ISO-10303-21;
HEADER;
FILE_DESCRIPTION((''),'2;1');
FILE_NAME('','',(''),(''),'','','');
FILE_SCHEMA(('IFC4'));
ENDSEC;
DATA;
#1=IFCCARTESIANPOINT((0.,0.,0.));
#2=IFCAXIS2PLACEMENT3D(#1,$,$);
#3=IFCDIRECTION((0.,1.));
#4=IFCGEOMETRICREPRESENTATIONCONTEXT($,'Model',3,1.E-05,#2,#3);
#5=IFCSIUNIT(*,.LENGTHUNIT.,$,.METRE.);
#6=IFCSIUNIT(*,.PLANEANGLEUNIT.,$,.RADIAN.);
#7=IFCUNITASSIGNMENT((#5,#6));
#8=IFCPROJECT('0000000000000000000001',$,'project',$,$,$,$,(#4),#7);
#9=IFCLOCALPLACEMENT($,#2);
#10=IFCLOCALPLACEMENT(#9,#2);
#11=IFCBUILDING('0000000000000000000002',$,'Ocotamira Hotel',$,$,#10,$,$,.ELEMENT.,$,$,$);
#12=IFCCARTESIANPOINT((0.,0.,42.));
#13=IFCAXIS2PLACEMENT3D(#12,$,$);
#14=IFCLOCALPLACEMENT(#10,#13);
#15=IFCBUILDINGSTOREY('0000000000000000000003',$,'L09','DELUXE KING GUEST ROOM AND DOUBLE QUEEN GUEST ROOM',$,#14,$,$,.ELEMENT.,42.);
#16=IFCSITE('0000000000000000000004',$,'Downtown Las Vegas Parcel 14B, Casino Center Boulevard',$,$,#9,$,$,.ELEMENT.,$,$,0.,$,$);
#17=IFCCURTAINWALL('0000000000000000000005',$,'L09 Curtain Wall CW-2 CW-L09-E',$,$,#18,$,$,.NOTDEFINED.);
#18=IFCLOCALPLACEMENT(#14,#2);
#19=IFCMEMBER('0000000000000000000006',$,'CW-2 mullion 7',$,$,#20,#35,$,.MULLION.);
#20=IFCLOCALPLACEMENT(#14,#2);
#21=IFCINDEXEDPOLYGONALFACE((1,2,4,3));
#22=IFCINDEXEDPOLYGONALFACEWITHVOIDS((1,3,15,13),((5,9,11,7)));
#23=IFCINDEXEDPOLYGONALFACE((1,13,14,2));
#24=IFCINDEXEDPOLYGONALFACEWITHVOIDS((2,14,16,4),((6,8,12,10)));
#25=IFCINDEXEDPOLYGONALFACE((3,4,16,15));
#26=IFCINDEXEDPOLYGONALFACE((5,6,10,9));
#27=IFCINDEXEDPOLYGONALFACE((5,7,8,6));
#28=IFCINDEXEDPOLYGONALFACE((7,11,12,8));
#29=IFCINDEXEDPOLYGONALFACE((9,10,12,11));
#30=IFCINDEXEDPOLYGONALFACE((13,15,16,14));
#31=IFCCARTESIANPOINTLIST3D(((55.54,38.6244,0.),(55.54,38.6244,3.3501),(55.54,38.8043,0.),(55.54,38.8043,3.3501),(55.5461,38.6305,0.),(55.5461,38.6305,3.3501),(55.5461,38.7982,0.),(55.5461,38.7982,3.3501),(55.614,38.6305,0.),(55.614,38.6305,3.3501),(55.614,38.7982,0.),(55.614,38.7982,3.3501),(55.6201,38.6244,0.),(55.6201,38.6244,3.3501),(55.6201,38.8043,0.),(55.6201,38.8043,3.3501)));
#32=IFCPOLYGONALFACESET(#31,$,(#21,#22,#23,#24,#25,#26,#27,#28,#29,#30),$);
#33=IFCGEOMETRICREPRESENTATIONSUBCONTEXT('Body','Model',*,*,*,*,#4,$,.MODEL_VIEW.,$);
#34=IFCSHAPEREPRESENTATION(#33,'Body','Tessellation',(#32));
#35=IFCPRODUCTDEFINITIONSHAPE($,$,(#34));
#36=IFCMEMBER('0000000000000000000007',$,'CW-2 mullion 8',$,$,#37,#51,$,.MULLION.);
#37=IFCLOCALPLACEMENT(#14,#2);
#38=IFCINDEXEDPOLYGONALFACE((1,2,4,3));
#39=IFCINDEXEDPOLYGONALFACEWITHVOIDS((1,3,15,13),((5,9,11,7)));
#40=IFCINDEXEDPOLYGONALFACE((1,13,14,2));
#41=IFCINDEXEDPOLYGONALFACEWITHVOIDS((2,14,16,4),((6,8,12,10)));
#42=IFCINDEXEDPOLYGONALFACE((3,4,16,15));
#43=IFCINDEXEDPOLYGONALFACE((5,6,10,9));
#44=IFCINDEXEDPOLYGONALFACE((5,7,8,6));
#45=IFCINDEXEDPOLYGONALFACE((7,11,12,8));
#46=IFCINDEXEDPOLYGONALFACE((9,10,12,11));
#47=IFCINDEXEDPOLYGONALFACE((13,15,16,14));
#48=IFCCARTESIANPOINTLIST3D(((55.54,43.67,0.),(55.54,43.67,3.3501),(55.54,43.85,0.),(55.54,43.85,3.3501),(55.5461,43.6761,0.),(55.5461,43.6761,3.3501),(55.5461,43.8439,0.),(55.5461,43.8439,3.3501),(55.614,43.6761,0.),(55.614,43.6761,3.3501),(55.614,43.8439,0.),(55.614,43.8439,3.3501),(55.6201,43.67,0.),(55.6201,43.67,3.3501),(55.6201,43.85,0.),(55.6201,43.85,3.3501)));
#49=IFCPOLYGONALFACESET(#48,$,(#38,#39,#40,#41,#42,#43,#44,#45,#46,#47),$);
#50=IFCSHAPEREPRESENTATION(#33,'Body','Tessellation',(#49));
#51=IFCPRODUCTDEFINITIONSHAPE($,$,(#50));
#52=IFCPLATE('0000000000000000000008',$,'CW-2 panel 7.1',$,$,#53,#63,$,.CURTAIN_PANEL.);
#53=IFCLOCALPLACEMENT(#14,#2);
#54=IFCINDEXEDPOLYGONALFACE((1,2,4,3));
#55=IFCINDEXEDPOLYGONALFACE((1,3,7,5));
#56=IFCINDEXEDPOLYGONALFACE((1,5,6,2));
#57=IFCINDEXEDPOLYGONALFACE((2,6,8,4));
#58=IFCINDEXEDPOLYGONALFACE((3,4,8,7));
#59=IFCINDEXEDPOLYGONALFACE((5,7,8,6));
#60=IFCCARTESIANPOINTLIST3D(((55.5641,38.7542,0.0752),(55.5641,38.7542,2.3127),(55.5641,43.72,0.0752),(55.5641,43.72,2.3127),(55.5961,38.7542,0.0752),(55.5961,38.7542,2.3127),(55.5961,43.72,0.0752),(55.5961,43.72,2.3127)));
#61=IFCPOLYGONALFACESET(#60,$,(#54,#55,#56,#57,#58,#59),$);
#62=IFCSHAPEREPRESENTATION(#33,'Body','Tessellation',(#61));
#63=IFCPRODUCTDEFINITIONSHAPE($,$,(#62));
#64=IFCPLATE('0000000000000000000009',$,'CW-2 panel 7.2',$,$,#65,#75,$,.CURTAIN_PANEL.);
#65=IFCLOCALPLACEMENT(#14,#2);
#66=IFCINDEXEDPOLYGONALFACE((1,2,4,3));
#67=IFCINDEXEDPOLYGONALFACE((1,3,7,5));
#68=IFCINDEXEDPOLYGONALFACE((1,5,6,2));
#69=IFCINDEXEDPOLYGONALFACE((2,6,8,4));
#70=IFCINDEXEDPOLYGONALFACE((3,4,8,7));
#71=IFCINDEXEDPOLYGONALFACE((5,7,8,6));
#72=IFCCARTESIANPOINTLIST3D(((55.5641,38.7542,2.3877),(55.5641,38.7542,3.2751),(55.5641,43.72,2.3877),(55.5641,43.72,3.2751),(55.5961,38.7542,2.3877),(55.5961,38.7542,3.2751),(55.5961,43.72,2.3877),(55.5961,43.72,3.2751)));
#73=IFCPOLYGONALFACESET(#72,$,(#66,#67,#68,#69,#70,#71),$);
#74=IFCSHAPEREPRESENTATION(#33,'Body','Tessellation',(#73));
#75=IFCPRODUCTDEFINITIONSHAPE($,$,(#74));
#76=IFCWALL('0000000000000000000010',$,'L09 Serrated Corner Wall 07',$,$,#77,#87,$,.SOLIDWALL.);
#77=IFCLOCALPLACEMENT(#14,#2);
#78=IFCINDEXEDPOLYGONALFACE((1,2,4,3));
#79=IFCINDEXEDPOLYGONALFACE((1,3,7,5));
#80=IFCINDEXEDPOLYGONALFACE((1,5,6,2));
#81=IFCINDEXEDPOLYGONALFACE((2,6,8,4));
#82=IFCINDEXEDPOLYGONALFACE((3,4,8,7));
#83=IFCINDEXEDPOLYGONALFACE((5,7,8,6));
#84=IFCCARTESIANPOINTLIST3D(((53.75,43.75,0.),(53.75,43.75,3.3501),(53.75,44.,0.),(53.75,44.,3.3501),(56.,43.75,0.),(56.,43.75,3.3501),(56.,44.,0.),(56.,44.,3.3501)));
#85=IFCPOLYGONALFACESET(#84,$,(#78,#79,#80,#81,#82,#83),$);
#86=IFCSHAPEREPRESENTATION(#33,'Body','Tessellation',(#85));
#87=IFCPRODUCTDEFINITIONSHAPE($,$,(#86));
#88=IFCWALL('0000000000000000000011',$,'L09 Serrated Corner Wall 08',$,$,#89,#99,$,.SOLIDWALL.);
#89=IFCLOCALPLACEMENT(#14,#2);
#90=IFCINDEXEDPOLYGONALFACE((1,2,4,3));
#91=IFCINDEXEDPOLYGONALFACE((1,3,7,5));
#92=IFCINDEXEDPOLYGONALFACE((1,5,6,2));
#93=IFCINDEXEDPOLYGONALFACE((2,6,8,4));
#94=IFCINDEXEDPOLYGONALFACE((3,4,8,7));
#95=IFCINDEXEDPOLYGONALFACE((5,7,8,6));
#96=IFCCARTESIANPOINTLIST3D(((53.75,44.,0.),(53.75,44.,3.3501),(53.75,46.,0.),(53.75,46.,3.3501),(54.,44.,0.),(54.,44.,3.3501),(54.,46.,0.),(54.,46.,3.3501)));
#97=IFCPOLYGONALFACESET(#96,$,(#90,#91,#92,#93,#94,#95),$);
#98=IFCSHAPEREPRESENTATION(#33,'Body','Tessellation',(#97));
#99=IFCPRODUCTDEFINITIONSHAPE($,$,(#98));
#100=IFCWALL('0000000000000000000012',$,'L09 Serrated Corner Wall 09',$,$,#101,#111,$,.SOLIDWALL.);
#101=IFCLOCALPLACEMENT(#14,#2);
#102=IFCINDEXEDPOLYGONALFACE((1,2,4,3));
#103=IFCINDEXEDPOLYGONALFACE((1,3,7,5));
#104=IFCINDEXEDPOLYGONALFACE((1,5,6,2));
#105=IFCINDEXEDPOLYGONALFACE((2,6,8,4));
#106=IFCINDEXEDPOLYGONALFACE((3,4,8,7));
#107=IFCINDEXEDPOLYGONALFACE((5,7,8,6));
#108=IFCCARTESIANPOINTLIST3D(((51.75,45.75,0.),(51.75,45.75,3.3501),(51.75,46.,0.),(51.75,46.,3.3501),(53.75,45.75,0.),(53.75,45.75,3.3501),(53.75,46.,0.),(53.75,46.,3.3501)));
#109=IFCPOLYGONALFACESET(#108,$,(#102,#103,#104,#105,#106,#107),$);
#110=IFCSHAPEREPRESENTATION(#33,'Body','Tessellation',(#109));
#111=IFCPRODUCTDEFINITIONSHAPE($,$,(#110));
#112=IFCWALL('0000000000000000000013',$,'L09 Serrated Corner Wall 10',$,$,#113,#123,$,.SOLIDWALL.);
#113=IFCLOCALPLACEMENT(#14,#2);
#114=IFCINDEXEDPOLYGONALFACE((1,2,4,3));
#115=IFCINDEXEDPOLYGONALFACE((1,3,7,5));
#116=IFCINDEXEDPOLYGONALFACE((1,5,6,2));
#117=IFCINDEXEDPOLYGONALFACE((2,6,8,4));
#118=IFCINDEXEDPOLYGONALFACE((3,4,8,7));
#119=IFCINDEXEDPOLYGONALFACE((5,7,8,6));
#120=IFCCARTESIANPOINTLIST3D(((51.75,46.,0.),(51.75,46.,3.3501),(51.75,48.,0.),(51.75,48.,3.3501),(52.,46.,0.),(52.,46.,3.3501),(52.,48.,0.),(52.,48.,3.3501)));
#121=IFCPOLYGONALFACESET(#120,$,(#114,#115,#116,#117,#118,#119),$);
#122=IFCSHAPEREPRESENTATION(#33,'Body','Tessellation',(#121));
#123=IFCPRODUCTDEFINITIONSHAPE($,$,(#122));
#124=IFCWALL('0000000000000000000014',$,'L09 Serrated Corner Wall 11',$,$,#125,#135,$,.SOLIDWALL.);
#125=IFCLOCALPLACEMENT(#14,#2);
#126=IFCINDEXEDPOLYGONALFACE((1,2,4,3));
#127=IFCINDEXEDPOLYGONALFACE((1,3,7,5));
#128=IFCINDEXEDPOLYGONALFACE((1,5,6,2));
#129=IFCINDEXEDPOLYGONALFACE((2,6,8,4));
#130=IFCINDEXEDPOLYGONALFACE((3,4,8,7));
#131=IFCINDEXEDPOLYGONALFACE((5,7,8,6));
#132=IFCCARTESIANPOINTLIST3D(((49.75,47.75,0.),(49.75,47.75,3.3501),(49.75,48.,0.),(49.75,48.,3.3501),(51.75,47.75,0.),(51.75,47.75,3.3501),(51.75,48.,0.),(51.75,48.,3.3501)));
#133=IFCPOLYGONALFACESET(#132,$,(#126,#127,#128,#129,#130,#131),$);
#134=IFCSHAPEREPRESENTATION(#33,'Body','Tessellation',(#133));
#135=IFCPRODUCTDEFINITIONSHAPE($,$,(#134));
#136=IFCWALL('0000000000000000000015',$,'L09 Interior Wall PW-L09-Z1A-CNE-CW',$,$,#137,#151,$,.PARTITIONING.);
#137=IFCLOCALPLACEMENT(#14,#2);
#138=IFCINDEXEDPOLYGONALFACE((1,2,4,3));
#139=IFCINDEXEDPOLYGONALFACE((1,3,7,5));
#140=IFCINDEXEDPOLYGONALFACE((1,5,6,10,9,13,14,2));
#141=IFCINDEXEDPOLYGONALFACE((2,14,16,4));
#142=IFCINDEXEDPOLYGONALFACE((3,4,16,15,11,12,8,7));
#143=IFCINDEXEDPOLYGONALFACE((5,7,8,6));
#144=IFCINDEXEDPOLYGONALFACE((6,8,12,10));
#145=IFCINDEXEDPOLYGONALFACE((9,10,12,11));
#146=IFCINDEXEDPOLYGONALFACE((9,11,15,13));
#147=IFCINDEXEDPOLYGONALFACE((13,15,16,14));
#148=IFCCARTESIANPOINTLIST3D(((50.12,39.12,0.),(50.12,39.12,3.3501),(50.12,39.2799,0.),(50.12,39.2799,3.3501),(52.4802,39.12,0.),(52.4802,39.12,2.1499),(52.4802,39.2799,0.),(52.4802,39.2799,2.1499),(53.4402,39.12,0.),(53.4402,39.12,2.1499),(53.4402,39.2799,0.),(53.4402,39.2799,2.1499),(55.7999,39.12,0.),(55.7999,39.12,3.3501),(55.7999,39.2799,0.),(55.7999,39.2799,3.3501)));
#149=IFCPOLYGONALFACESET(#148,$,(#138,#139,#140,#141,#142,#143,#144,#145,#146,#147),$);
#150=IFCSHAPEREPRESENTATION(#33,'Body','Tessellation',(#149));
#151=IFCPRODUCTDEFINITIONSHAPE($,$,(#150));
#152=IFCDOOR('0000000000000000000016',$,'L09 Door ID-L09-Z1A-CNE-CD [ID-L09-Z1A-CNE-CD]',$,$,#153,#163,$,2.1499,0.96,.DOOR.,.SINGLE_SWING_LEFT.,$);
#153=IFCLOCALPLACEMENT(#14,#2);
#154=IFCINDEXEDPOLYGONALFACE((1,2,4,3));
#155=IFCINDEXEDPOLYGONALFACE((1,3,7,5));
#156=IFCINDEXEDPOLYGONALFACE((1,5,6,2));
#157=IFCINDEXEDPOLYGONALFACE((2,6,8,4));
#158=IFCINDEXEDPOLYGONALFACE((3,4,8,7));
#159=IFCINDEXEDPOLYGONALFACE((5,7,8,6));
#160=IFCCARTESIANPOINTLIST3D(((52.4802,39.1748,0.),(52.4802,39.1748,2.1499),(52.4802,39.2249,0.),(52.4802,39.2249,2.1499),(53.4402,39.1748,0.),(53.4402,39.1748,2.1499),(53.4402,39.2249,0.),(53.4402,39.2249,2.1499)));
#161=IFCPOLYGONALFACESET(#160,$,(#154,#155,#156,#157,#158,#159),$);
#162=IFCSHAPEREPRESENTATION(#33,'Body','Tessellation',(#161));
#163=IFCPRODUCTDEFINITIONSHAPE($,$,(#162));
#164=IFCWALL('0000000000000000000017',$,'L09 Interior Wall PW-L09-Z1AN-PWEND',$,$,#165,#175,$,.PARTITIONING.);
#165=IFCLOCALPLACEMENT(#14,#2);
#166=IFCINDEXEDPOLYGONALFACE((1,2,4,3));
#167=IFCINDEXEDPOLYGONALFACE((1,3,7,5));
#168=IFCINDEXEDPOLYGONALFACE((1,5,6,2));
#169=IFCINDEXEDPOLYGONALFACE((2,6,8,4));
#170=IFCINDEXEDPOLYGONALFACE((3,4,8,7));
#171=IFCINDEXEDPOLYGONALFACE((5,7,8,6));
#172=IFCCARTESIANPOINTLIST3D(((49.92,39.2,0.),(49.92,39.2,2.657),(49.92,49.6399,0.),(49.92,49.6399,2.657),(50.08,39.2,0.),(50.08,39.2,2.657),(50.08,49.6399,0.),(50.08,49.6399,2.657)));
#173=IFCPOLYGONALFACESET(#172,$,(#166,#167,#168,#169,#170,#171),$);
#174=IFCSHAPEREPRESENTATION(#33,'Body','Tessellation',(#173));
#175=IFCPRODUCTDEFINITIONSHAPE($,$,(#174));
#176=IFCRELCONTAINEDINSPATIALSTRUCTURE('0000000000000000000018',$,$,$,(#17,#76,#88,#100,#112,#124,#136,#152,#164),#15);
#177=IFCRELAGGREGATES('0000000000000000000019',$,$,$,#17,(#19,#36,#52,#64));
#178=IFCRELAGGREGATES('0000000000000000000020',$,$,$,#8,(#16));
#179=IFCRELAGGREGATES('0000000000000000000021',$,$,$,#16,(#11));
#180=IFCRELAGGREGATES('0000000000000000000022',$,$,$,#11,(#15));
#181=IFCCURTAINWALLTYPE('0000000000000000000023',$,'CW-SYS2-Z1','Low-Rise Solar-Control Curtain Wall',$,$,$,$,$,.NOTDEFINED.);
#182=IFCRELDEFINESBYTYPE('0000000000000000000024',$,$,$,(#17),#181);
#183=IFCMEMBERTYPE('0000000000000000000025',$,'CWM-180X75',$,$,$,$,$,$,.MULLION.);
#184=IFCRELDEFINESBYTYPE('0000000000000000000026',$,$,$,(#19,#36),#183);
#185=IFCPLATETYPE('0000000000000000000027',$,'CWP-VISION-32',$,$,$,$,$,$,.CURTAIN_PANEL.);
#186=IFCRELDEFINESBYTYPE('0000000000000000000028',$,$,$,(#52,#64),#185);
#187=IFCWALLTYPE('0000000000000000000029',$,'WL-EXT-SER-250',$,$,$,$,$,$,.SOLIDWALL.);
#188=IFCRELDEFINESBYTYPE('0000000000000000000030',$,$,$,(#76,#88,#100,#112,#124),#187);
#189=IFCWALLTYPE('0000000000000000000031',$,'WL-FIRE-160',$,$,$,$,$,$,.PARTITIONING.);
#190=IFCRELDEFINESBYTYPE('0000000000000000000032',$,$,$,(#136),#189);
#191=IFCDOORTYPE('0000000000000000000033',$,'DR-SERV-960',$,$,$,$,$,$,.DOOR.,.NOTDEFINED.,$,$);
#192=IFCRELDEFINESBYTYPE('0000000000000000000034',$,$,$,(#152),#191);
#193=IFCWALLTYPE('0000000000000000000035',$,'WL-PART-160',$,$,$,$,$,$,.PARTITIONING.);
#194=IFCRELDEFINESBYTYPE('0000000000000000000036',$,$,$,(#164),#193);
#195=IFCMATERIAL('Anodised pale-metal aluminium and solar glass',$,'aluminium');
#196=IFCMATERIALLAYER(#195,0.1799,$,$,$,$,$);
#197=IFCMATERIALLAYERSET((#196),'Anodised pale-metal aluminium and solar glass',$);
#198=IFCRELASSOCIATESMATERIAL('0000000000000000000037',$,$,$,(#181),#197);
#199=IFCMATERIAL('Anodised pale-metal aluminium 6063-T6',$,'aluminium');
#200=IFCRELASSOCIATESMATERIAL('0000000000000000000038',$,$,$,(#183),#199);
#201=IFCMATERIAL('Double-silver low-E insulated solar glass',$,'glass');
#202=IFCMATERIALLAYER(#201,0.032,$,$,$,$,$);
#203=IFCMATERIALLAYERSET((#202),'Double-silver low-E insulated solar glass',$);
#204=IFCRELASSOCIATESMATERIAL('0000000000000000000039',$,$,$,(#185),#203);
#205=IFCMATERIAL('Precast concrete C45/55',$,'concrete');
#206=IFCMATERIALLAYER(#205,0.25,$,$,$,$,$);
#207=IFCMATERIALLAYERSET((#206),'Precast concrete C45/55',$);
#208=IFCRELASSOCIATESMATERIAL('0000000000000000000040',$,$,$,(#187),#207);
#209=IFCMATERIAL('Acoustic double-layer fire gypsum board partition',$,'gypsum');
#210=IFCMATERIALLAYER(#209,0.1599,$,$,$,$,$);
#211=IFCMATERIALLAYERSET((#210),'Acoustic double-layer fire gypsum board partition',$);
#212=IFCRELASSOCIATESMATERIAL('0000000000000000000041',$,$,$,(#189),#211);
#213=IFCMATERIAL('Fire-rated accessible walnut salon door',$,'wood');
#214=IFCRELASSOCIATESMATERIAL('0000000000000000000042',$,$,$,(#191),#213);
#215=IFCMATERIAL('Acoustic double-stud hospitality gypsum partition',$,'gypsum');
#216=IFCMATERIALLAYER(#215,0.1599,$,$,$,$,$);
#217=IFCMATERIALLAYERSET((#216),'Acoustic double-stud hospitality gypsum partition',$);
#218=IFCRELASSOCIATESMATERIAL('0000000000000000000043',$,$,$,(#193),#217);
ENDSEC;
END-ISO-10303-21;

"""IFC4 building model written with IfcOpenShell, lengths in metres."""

from ifc_helpers import new_model, si_unit, direction, frame, frame_2d, origin, origin_2d, place, context, subcontext, project, spatial, rectangle, hollow_rectangle, extrude, source, transform, mapped, material, layer, layer_set, material_profile, profile_set, type_object, element, fill, aggregate, save


model = new_model("IFC4")

# Units and contexts
model_context = context("Model", 3, precision=1e-05, world=origin(), true_north=direction((0.0, 1.0)))
body_context = subcontext(model_context, "Body", "Model", "MODEL_VIEW")
ifc_project = project(units=[si_unit("LENGTHUNIT", "METRE"), si_unit("PLANEANGLEUNIT", "RADIAN")], contexts=[model_context])

# Site, building, storey
site_placement = place(None, origin())
site = spatial("IfcSite", under=ifc_project, at=site_placement, Name="Downtown Las Vegas Parcel 14B, Casino Center Boulevard", CompositionType="ELEMENT", RefElevation=0.0)
building_placement = place(site_placement, origin())
building = spatial("IfcBuilding", under=site, at=building_placement, Name="Ocotamira Hotel", CompositionType="ELEMENT")
storey_placement = place(building_placement, frame((0.0, 0.0, 42.0)))
storey = spatial("IfcBuildingStorey", under=building, at=storey_placement, Name="L09", Description="DELUXE KING GUEST ROOM AND DOUBLE QUEEN GUEST ROOM", CompositionType="ELEMENT", Elevation=42.0)

# Curtain wall, members, plates
ifc_material_1 = material(Name="Anodised pale-metal aluminium and solar glass", Category="aluminium")
ifc_layer_1 = layer(ifc_material_1, 0.1799)
ifc_layer_set_1 = layer_set([ifc_layer_1], Name="Anodised pale-metal aluminium and solar glass")
curtain_wall_type = type_object("IfcCurtainWallType", Name="CW-SYS2-Z1", Description="Low-Rise Solar-Control Curtain Wall", PredefinedType="NOTDEFINED", material=ifc_layer_set_1)
curtain_wall_placement = place(storey_placement, origin())
curtain_wall = element("IfcCurtainWall", 1, at=curtain_wall_placement, inside=storey, type_object=curtain_wall_type, Name="L09 Curtain Wall CW-2 CW-L09-E", PredefinedType="NOTDEFINED")
ifc_material_2 = material(Name="Anodised pale-metal aluminium 6063-T6", Category="aluminium")
ifc_material_profile_1 = material_profile(ifc_material_2, hollow_rectangle(XDim=0.0801, YDim=0.1799, WallThickness=0.0061, at=origin_2d()), Name="HSS180X80X6")
ifc_profile_set_1 = profile_set([ifc_material_profile_1], Name="Anodised pale-metal aluminium 6063-T6")
member_type_1 = type_object("IfcMemberType", Name="CWM-180X75", PredefinedType="MULLION", material=ifc_profile_set_1)
shared_shape_1 = source(origin(), body_context, "Body", "SweptSolid", [
    extrude(hollow_rectangle(XDim=0.0801, YDim=0.1799, WallThickness=0.0061, at=origin_2d()), origin(), (0.0, 0.0, 1.0), 3.3501),
])
member_1_placement = place(storey_placement, frame((55.5801, 38.7144, 0.0), z_axis=(0.0, 0.0, 1.0), x_axis=(-1.0, 0.0, 0.0)))
member_1 = element("IfcMember", 2, at=member_1_placement, type_object=member_type_1, Name="CW-2 mullion 7", PredefinedType="MULLION", context=body_context, shape_type="MappedRepresentation", body=[
    mapped(shared_shape_1, transform((0.0, 0.0, 0.0), scale=1.0)),
])
member_2_placement = place(storey_placement, frame((55.5801, 43.76, 0.0), z_axis=(0.0, 0.0, 1.0), x_axis=(-1.0, 0.0, 0.0)))
member_2 = element("IfcMember", 3, at=member_2_placement, type_object=member_type_1, Name="CW-2 mullion 8", PredefinedType="MULLION", context=body_context, shape_type="MappedRepresentation", body=[
    mapped(shared_shape_1, transform((0.0, 0.0, 0.0), scale=1.0)),
])
ifc_material_3 = material(Name="Double-silver low-E insulated solar glass", Category="glass")
ifc_layer_2 = layer(ifc_material_3, 0.032)
ifc_layer_set_2 = layer_set([ifc_layer_2], Name="Double-silver low-E insulated solar glass")
plate_type = type_object("IfcPlateType", Name="CWP-VISION-32", PredefinedType="CURTAIN_PANEL", material=ifc_layer_set_2)
shared_shape_2 = source(origin(), body_context, "Body", "SweptSolid", [
    extrude(rectangle(XDim=4.9658, YDim=0.032, at=origin_2d()), origin(), (0.0, 0.0, 1.0), 2.2375),
])
plate_1_placement = place(storey_placement, frame((55.5801, 41.2371, 0.0752), z_axis=(0.0, 0.0, 1.0), x_axis=(0.0, 1.0, 0.0)))
plate_1 = element("IfcPlate", 4, at=plate_1_placement, type_object=plate_type, Name="CW-2 panel 7.1", PredefinedType="CURTAIN_PANEL", context=body_context, shape_type="MappedRepresentation", body=[
    mapped(shared_shape_2, transform((0.0, 0.0, 0.0), scale=1.0)),
])
shared_shape_3 = source(origin(), body_context, "Body", "SweptSolid", [
    extrude(rectangle(XDim=4.9658, YDim=0.032, at=origin_2d()), origin(), (0.0, 0.0, 1.0), 0.8875),
])
plate_2_placement = place(storey_placement, frame((55.5801, 41.2371, 2.3877), z_axis=(0.0, 0.0, 1.0), x_axis=(0.0, 1.0, 0.0)))
plate_2 = element("IfcPlate", 5, at=plate_2_placement, type_object=plate_type, Name="CW-2 panel 7.2", PredefinedType="CURTAIN_PANEL", context=body_context, shape_type="MappedRepresentation", body=[
    mapped(shared_shape_3, transform((0.0, 0.0, 0.0), scale=1.0)),
])
aggregate(curtain_wall, [member_1, member_2, plate_1, plate_2])

# Walls
ifc_material_4 = material(Name="Precast concrete C45/55", Category="concrete")
ifc_layer_3 = layer(ifc_material_4, 0.25)
ifc_layer_set_3 = layer_set([ifc_layer_3], Name="Precast concrete C45/55")
wall_type_1 = type_object("IfcWallType", Name="WL-EXT-SER-250", PredefinedType="SOLIDWALL", material=ifc_layer_set_3)
wall_1_placement = place(storey_placement, frame((56.0, 43.875, 0.0), z_axis=(0.0, 0.0, 1.0), x_axis=(-1.0, 0.0, 0.0)))
element("IfcWall", 6, at=wall_1_placement, inside=storey, type_object=wall_type_1, Name="L09 Serrated Corner Wall 07", PredefinedType="SOLIDWALL", context=body_context, shape_type="SweptSolid", body=[
    extrude(rectangle(XDim=2.25, YDim=0.25, at=frame_2d((1.125, 0.0))), origin(), (0.0, 0.0, 1.0), 3.3501),
])
for number, where, z_axis, x_axis, name in (
    (7, (53.875, 44.0, 0.0), (0.0, 0.0, 1.0), (0.0, 1.0, 0.0), "L09 Serrated Corner Wall 08"),
    (8, (53.75, 45.875, 0.0), (0.0, 0.0, 1.0), (-1.0, 0.0, 0.0), "L09 Serrated Corner Wall 09"),
    (9, (51.875, 46.0, 0.0), (0.0, 0.0, 1.0), (0.0, 1.0, 0.0), "L09 Serrated Corner Wall 10"),
    (10, (51.75, 47.875, 0.0), (0.0, 0.0, 1.0), (-1.0, 0.0, 0.0), "L09 Serrated Corner Wall 11"),
):
    element("IfcWall", number, at=place(storey_placement, frame(where, z_axis=z_axis, x_axis=x_axis)), inside=storey, type_object=wall_type_1, Name=name, PredefinedType="SOLIDWALL", context=body_context, shape_type="SweptSolid", body=[
        extrude(rectangle(XDim=2.0, YDim=0.25, at=frame_2d((1.0, 0.0))), origin(), (0.0, 0.0, 1.0), 3.3501),
    ])

# Wall, opening, door
ifc_material_5 = material(Name="Acoustic double-layer fire gypsum board partition", Category="gypsum")
ifc_layer_4 = layer(ifc_material_5, 0.1599)
ifc_layer_set_4 = layer_set([ifc_layer_4], Name="Acoustic double-layer fire gypsum board partition")
wall_type_2 = type_object("IfcWallType", Name="WL-FIRE-160", PredefinedType="PARTITIONING", material=ifc_layer_set_4)
wall_2_placement = place(storey_placement, frame((50.1201, 39.2, 0.0), z_axis=(0.0, 0.0, 1.0), x_axis=(1.0, 0.0, 0.0)))
wall_2 = element("IfcWall", 11, at=wall_2_placement, inside=storey, type_object=wall_type_2, Name="L09 Interior Wall PW-L09-Z1A-CNE-CW", PredefinedType="PARTITIONING", context=body_context, shape_type="SweptSolid", body=[
    extrude(rectangle(XDim=5.6799, YDim=0.1599, at=frame_2d((2.8398, 0.0))), origin(), (0.0, 0.0, 1.0), 3.3501),
])
opening_1_placement = place(wall_2_placement, frame((2.3601, 0.0, 0.0)))
opening_1 = element("IfcOpeningElement", 12, at=opening_1_placement, cuts=wall_2, PredefinedType="OPENING", context=body_context, shape_type="SweptSolid", body=[
    extrude(rectangle(XDim=0.96, YDim=2.1499, at=frame_2d((0.48, 1.075))), frame((0.0, 0.0898, 0.0), z_axis=(0.0, -1.0, 0.0), x_axis=(1.0, 0.0, 0.0)), (0.0, 0.0, 1.0), 0.1799),
])
ifc_material_6 = material(Name="Fire-rated accessible walnut salon door", Category="wood")
door_type_1 = type_object("IfcDoorType", Name="DR-SERV-960", OperationType="NOTDEFINED", PredefinedType="DOOR", material=ifc_material_6)
shared_shape_4 = source(origin(), body_context, "Body", "SweptSolid", [
    extrude(rectangle(XDim=0.96, YDim=2.1499, at=frame_2d((0.48, 1.075))), frame((0.0, 0.0249, 0.0), z_axis=(0.0, -1.0, 0.0), x_axis=(1.0, 0.0, 0.0)), (0.0, 0.0, 1.0), 0.05),
])
door_1_placement = place(opening_1_placement, origin())
door_1 = element("IfcDoor", 13, at=door_1_placement, inside=storey, type_object=door_type_1, Name="L09 Door ID-L09-Z1A-CNE-CD [ID-L09-Z1A-CNE-CD]", OperationType="SINGLE_SWING_LEFT", OverallHeight=2.1499, OverallWidth=0.96, PredefinedType="DOOR", context=body_context, shape_type="MappedRepresentation", body=[
    mapped(shared_shape_4, transform((0.0, 0.0, 0.0), scale=1.0)),
])
fill(opening_1, door_1)

# Wall
ifc_material_7 = material(Name="Acoustic double-stud hospitality gypsum partition", Category="gypsum")
ifc_layer_5 = layer(ifc_material_7, 0.1599)
ifc_layer_set_5 = layer_set([ifc_layer_5], Name="Acoustic double-stud hospitality gypsum partition")
wall_type_3 = type_object("IfcWallType", Name="WL-PART-160", PredefinedType="PARTITIONING", material=ifc_layer_set_5)
wall_3_placement = place(storey_placement, frame((50.0, 39.2, 0.0), z_axis=(0.0, 0.0, 1.0), x_axis=(0.0, 1.0, 0.0)))
element("IfcWall", 14, at=wall_3_placement, inside=storey, type_object=wall_type_3, Name="L09 Interior Wall PW-L09-Z1AN-PWEND", PredefinedType="PARTITIONING", context=body_context, shape_type="SweptSolid", body=[
    extrude(rectangle(XDim=10.4399, YDim=0.1599, at=frame_2d((5.22, 0.0))), origin(), (0.0, 0.0, 1.0), 2.657),
])

save(model, "model.ifc")
